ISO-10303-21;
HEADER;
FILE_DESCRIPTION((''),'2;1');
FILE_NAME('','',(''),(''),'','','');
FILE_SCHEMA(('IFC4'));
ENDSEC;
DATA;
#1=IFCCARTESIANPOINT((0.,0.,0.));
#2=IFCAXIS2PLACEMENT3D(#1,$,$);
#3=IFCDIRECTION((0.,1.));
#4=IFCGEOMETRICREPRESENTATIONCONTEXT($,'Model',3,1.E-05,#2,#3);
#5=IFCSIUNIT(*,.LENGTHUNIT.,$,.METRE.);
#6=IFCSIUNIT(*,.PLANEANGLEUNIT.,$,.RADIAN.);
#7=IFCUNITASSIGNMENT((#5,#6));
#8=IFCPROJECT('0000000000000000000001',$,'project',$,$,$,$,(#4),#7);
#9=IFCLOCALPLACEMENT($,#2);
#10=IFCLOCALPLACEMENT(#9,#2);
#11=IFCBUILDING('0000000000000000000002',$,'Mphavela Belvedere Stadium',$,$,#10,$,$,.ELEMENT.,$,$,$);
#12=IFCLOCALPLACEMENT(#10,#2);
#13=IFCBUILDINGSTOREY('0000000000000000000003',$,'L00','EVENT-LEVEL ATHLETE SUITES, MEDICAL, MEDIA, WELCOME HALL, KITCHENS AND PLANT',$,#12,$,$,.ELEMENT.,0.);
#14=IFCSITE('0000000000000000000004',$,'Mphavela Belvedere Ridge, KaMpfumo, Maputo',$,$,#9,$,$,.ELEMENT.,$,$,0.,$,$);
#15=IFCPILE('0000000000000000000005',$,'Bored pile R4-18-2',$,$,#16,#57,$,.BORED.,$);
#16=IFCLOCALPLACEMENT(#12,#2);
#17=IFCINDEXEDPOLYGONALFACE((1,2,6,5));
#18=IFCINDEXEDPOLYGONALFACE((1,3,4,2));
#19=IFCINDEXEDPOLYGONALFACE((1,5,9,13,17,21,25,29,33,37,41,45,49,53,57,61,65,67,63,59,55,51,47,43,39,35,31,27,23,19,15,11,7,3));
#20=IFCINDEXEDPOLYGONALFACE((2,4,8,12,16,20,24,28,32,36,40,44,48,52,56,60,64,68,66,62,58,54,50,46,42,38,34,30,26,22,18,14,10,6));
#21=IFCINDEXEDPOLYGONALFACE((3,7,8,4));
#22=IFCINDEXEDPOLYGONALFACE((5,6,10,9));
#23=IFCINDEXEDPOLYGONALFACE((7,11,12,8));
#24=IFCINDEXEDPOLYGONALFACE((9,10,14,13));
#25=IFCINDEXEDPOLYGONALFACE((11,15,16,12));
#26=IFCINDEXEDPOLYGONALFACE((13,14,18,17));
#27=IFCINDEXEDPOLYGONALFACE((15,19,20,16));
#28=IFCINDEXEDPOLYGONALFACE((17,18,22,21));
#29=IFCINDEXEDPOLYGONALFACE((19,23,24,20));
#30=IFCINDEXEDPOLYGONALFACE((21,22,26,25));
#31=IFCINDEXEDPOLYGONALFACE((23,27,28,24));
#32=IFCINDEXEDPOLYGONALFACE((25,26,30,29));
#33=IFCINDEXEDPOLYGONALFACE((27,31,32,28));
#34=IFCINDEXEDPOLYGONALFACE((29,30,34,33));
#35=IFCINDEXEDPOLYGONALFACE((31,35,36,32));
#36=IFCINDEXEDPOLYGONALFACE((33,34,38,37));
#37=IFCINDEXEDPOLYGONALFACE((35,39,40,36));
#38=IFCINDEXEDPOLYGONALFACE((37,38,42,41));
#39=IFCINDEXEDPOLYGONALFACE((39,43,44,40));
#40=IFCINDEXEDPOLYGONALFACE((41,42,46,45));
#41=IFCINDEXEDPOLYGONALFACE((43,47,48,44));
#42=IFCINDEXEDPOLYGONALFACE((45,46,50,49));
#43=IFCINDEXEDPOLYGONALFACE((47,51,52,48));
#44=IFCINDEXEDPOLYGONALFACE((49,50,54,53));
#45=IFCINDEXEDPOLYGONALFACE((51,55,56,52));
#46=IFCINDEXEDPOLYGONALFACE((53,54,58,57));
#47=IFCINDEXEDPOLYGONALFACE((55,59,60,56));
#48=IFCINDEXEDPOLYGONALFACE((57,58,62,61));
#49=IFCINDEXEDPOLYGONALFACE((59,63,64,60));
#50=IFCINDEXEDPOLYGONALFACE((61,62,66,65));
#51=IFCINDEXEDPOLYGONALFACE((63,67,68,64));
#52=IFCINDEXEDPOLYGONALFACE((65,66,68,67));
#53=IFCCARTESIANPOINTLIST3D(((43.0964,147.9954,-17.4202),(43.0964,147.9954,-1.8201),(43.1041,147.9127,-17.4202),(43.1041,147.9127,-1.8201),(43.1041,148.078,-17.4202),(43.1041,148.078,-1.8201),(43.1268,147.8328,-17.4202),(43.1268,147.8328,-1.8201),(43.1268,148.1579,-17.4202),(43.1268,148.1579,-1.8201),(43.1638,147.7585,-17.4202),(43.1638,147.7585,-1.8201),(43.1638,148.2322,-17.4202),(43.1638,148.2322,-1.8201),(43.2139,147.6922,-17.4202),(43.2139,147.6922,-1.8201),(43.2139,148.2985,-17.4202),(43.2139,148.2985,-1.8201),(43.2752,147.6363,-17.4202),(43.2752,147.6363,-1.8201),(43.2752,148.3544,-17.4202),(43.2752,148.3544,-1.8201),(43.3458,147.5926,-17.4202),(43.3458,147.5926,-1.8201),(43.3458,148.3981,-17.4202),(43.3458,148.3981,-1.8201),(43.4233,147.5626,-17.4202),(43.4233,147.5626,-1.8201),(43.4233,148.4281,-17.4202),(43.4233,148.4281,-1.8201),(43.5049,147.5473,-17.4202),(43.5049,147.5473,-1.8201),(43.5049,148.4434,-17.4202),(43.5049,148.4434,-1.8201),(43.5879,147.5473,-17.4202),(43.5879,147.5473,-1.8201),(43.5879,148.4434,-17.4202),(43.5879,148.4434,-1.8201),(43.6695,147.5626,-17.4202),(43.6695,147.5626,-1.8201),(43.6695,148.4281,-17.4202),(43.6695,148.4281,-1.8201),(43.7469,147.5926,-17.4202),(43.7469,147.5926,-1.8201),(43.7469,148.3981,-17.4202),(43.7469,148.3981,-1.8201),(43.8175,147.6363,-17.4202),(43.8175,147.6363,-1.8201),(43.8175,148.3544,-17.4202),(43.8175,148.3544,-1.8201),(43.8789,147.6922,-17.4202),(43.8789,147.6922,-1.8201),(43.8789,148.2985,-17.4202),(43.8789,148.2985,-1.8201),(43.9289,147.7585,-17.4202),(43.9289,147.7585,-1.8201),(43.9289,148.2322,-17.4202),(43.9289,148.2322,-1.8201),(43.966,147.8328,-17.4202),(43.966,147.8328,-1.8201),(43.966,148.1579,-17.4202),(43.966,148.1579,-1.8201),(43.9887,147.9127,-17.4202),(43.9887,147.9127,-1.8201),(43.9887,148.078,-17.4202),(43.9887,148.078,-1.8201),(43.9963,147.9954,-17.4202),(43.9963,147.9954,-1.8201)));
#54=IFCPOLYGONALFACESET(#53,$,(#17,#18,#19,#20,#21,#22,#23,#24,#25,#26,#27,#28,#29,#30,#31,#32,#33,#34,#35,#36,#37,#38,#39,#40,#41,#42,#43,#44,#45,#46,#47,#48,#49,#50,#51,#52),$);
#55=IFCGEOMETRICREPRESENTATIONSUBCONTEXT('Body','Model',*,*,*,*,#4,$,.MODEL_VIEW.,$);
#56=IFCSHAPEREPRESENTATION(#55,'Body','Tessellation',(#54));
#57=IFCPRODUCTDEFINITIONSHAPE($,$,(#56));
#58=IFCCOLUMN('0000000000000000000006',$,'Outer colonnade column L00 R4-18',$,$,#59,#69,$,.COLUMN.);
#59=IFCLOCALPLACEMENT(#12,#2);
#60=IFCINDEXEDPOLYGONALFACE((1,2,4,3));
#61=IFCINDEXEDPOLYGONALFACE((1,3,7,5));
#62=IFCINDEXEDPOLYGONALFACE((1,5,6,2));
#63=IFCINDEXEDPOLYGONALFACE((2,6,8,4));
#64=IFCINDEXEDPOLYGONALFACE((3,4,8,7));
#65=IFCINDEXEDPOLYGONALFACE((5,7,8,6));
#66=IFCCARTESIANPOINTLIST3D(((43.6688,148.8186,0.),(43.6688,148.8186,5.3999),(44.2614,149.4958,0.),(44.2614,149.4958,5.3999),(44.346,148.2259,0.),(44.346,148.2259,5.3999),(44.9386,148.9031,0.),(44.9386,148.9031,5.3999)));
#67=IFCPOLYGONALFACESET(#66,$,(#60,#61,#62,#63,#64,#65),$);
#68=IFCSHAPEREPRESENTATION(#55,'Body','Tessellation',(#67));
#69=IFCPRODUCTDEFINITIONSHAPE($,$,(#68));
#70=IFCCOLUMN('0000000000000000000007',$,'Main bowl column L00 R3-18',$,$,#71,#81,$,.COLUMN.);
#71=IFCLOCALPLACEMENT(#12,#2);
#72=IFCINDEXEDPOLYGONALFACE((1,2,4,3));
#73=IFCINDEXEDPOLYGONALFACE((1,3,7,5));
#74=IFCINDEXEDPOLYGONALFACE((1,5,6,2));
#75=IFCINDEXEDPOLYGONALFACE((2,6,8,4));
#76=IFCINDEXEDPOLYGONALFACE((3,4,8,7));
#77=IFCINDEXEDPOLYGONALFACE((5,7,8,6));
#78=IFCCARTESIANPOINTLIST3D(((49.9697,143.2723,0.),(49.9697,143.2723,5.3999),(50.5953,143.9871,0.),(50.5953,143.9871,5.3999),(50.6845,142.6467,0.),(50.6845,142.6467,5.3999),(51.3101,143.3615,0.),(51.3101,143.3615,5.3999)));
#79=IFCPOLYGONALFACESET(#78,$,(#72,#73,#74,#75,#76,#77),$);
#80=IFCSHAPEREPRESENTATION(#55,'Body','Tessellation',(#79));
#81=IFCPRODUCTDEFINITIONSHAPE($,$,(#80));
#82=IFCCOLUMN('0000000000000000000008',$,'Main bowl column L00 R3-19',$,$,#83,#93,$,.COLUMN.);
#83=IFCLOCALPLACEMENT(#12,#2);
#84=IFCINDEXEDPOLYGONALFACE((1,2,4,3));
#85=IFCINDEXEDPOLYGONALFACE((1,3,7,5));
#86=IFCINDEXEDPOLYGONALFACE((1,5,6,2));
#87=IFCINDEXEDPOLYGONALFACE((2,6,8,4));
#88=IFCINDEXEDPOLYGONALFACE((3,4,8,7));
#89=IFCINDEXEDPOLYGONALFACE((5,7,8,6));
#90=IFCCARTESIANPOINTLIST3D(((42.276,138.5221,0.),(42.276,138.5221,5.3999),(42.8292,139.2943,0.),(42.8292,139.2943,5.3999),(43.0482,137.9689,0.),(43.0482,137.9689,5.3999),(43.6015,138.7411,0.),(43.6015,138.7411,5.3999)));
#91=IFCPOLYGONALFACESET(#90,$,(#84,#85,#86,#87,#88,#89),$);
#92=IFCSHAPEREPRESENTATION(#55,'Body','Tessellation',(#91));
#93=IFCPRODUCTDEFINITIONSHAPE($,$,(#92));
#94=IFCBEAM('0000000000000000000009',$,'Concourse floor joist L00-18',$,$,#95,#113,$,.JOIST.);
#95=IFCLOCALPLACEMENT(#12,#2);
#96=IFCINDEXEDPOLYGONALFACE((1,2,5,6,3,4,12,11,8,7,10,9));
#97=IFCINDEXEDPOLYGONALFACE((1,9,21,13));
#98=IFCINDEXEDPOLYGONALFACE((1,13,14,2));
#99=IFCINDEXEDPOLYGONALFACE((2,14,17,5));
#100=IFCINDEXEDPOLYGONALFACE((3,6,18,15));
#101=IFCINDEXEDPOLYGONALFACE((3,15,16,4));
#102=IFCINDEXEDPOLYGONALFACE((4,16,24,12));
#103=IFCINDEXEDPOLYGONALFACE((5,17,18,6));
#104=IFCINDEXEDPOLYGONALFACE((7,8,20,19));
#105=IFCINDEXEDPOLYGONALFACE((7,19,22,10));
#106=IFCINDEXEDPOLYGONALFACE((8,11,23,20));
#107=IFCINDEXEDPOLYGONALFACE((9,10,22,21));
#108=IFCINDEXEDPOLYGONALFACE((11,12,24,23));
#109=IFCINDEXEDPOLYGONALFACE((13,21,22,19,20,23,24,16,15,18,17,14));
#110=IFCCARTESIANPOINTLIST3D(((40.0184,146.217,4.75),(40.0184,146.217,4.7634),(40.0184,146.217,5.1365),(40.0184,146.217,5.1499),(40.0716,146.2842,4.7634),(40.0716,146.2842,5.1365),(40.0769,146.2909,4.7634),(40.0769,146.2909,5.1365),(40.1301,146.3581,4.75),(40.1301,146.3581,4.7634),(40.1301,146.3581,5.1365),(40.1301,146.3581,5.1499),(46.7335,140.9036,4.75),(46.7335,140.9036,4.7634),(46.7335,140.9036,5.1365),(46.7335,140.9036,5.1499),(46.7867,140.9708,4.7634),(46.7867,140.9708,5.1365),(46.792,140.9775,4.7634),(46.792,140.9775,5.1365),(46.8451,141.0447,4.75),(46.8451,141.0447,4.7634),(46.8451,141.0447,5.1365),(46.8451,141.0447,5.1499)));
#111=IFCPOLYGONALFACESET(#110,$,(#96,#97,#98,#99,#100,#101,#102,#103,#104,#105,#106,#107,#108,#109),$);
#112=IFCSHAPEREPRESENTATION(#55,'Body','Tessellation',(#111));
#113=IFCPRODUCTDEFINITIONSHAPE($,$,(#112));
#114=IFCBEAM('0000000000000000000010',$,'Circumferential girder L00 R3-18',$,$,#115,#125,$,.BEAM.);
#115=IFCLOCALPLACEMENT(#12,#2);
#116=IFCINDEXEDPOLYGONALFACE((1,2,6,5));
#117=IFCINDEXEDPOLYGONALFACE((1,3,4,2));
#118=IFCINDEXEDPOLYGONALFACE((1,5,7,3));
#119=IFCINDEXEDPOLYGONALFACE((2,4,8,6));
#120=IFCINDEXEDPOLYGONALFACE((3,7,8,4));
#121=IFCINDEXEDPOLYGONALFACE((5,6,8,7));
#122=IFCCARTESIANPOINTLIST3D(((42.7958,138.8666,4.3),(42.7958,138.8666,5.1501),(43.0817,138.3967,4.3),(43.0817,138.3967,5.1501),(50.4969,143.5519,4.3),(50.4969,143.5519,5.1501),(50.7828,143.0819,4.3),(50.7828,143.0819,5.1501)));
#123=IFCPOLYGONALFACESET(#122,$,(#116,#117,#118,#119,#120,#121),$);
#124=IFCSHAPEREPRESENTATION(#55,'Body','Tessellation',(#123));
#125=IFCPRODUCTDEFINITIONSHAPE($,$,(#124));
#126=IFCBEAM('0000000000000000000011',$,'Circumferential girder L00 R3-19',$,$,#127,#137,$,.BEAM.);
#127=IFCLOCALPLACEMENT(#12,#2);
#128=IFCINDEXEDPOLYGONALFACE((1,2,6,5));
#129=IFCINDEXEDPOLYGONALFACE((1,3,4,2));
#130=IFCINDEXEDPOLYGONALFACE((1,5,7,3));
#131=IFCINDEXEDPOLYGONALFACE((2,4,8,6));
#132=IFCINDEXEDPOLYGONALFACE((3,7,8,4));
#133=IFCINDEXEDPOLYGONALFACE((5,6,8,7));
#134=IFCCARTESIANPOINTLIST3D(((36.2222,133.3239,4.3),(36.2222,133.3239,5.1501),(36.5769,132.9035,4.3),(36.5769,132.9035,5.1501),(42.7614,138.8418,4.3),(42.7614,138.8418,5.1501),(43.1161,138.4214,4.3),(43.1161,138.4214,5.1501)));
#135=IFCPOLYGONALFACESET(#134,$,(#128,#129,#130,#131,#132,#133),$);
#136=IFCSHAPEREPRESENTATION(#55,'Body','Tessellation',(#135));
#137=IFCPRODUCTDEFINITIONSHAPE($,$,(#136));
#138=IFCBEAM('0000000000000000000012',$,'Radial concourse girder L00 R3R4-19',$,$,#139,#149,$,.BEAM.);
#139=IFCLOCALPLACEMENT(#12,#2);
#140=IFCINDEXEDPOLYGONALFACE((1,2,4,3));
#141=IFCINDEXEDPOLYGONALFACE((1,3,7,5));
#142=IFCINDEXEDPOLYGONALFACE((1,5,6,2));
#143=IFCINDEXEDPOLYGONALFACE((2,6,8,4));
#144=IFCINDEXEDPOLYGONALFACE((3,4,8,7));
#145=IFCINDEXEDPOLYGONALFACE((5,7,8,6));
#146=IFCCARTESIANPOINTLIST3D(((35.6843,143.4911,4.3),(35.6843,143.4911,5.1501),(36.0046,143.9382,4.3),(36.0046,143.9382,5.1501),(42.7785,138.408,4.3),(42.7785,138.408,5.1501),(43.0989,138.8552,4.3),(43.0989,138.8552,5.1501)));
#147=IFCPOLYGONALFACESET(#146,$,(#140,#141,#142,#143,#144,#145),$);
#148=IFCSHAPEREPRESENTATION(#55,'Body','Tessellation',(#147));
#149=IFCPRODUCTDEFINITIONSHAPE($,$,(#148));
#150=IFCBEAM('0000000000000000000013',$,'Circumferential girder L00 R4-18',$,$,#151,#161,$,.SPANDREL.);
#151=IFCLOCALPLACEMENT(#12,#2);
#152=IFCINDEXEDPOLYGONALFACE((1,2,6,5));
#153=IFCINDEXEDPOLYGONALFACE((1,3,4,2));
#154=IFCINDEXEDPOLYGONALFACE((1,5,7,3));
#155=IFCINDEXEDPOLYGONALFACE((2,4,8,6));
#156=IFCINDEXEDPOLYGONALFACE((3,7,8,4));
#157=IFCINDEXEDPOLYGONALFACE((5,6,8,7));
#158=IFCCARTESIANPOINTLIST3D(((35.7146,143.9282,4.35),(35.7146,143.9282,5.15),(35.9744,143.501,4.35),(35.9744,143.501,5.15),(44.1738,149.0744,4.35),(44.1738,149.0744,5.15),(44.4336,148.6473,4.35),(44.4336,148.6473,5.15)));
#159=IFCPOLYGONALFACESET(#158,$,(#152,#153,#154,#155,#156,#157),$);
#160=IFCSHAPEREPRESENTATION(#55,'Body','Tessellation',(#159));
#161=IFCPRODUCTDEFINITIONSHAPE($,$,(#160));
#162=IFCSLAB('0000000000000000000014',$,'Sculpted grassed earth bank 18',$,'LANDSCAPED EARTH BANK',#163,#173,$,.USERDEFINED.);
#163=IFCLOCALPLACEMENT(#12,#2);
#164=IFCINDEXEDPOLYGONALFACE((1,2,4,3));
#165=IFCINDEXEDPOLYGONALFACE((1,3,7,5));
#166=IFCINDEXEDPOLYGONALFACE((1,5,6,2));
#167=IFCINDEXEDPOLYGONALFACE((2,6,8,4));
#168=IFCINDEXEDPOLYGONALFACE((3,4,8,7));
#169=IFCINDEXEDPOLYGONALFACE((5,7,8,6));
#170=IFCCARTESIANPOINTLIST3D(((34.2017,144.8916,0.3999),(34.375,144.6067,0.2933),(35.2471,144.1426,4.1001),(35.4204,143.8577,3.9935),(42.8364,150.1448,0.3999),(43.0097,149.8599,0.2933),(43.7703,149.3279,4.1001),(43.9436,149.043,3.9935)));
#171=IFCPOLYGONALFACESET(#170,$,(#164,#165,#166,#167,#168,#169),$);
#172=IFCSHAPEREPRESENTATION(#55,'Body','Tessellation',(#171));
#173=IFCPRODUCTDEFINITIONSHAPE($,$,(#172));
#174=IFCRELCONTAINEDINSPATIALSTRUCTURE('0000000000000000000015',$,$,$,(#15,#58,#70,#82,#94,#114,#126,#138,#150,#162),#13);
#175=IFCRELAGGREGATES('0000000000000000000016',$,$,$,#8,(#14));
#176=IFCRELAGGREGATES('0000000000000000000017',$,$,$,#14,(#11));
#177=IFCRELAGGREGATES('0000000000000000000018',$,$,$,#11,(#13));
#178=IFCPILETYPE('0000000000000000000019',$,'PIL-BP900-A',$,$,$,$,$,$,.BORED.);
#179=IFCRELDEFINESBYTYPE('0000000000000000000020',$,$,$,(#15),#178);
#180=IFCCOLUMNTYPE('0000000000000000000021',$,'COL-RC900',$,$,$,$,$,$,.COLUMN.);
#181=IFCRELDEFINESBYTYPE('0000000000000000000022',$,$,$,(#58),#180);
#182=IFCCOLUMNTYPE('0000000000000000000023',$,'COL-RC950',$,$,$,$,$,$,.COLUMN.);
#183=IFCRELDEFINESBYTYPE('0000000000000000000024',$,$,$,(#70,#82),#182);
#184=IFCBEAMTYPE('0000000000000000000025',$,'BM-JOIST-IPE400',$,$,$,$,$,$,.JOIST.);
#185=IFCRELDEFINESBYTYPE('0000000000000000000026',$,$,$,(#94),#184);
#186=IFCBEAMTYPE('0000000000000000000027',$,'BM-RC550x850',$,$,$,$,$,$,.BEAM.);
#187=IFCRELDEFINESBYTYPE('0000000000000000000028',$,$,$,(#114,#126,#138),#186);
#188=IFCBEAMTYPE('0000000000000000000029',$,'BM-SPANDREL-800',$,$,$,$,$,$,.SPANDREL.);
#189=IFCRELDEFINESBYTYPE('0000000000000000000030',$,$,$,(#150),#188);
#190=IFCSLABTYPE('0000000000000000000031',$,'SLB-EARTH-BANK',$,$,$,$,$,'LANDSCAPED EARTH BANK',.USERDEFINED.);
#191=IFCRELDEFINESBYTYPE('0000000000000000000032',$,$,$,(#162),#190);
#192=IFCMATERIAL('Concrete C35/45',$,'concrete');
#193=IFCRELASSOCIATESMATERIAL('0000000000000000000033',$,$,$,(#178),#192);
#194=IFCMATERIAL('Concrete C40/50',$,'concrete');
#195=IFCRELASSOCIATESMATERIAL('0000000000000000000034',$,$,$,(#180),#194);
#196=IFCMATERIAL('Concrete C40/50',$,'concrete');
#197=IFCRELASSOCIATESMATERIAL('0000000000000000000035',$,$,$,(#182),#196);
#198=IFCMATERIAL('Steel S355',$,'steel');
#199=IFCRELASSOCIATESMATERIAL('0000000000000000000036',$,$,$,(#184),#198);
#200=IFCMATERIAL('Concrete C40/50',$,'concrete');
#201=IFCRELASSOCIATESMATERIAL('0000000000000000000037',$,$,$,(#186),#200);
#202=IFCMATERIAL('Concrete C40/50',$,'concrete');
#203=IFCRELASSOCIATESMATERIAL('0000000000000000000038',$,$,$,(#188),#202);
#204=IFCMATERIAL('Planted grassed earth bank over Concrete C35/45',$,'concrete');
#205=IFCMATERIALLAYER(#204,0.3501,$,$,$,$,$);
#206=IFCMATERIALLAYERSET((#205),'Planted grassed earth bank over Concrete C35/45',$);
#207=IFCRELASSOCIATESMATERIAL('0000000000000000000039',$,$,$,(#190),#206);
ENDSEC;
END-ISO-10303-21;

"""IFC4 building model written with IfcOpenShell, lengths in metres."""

from ifc_helpers import new_model, si_unit, direction, frame, origin, origin_2d, place, context, subcontext, project, spatial, polyline, rectangle, circle, i_section, outline, extrude, material, layer, layer_set, material_profile, profile_set, type_object, element, save


model = new_model("IFC4")

# Units and contexts
model_context = context("Model", 3, precision=1e-05, world=origin(), true_north=direction((0.0, 1.0)))
body_context = subcontext(model_context, "Body", "Model", "MODEL_VIEW")
ifc_project = project(units=[si_unit("LENGTHUNIT", "METRE"), si_unit("PLANEANGLEUNIT", "RADIAN")], contexts=[model_context])

# Site, building, storey
site_placement = place(None, origin())
site = spatial("IfcSite", under=ifc_project, at=site_placement, Name="Mphavela Belvedere Ridge, KaMpfumo, Maputo", CompositionType="ELEMENT", RefElevation=0.0)
building_placement = place(site_placement, origin())
building = spatial("IfcBuilding", under=site, at=building_placement, Name="Mphavela Belvedere Stadium", CompositionType="ELEMENT")
storey_placement = place(building_placement, origin())
storey = spatial("IfcBuildingStorey", under=building, at=storey_placement, Name="L00", Description="EVENT-LEVEL ATHLETE SUITES, MEDICAL, MEDIA, WELCOME HALL, KITCHENS AND PLANT", CompositionType="ELEMENT", Elevation=0.0)

# Pile
ifc_material_1 = material(Name="Concrete C35/45", Category="concrete")
ifc_material_profile_1 = material_profile(ifc_material_1, circle(Radius=0.45, at=origin_2d()), Name="BP D900")
ifc_profile_set_1 = profile_set([ifc_material_profile_1], Name="Concrete C35/45")
pile_type_1 = type_object("IfcPileType", Name="PIL-BP900-A", PredefinedType="BORED", material=ifc_profile_set_1)
for number, where, z_axis, x_axis, name in (
    (1, (43.5464, 147.9954, -1.8201), (0.0, 0.0, -1.0), (1.0, 0.0, 0.0), "Bored pile R4-18-2"),
):
    element("IfcPile", number, at=place(storey_placement, frame(where, z_axis=z_axis, x_axis=x_axis)), inside=storey, type_object=pile_type_1, Name=name, PredefinedType="BORED", context=body_context, shape_type="SweptSolid", body=[
        extrude(circle(Radius=0.45, at=origin_2d()), origin(), (0.0, 0.0, 1.0), 15.6001),
    ])

# Columns
ifc_material_2 = material(Name="Concrete C40/50", Category="concrete")
ifc_material_profile_2 = material_profile(ifc_material_2, rectangle(XDim=0.8999, YDim=0.8999, at=origin_2d()), Name="RC 900x900")
ifc_profile_set_2 = profile_set([ifc_material_profile_2], Name="Concrete C40/50")
column_type_1 = type_object("IfcColumnType", Name="COL-RC900", PredefinedType="COLUMN", material=ifc_profile_set_2)
column_placement = place(storey_placement, frame((44.3037, 148.8608, 0.0), z_axis=(0.0, 0.0, 1.0), x_axis=(-0.75253, 0.658558, 0.0)))
element("IfcColumn", 2, at=column_placement, inside=storey, type_object=column_type_1, Name="Outer colonnade column L00 R4-18", PredefinedType="COLUMN", context=body_context, shape_type="SweptSolid", body=[
    extrude(rectangle(XDim=0.8999, YDim=0.8999, at=origin_2d()), origin(), (0.0, 0.0, 1.0), 5.3999),
])
ifc_material_3 = material(Name="Concrete C40/50", Category="concrete")
ifc_material_profile_3 = material_profile(ifc_material_3, rectangle(XDim=0.95, YDim=0.95, at=origin_2d()), Name="RC 950x950")
ifc_profile_set_3 = profile_set([ifc_material_profile_3], Name="Concrete C40/50")
column_type_2 = type_object("IfcColumnType", Name="COL-RC950", PredefinedType="COLUMN", material=ifc_profile_set_3)
for number, where, z_axis, x_axis, name in (
    (3, (50.6399, 143.3169, 0.0), (0.0, 0.0, 1.0), (-0.75253, 0.658558, 0.0), "Main bowl column L00 R3-18"),
    (4, (42.9387, 138.6316, 0.0), (0.0, 0.0, 1.0), (-0.812898, 0.582407, 0.0), "Main bowl column L00 R3-19"),
):
    element("IfcColumn", number, at=place(storey_placement, frame(where, z_axis=z_axis, x_axis=x_axis)), inside=storey, type_object=column_type_2, Name=name, PredefinedType="COLUMN", context=body_context, shape_type="SweptSolid", body=[
        extrude(rectangle(XDim=0.95, YDim=0.95, at=origin_2d()), origin(), (0.0, 0.0, 1.0), 5.3999),
    ])

# Beams
ifc_material_4 = material(Name="Steel S355", Category="steel")
ifc_material_profile_4 = material_profile(ifc_material_4, i_section(OverallWidth=0.1799, OverallDepth=0.3999, WebThickness=0.0085, FlangeThickness=0.0134, at=origin_2d()), Name="IPE 400")
ifc_profile_set_4 = profile_set([ifc_material_profile_4], Name="Steel S355")
beam_type_1 = type_object("IfcBeamType", Name="BM-JOIST-IPE400", PredefinedType="JOIST", material=ifc_profile_set_4)
beam_1_placement = place(storey_placement, frame((46.7893, 140.9741, 4.95), z_axis=(-0.784196, 0.620514, 0.0), x_axis=(-0.620514, -0.784196, 0.0)))
element("IfcBeam", 5, at=beam_1_placement, inside=storey, type_object=beam_type_1, Name="Concourse floor joist L00-18", PredefinedType="JOIST", context=body_context, shape_type="SweptSolid", body=[
    extrude(i_section(OverallWidth=0.1799, OverallDepth=0.3999, WebThickness=0.0085, FlangeThickness=0.0134, at=origin_2d()), origin(), (0.0, 0.0, 1.0), 8.563),
])
ifc_material_5 = material(Name="Concrete C40/50", Category="concrete")
ifc_material_profile_5 = material_profile(ifc_material_5, rectangle(XDim=0.55, YDim=0.8501, at=origin_2d()), Name="RC 550x850")
ifc_profile_set_5 = profile_set([ifc_material_profile_5], Name="Concrete C40/50")
beam_type_2 = type_object("IfcBeamType", Name="BM-RC550x850", PredefinedType="BEAM", material=ifc_profile_set_5)
beam_2_placement = place(storey_placement, frame((50.6399, 143.3169, 4.7251), z_axis=(-0.854315, -0.519755, 0.0), x_axis=(0.519755, -0.854315, 0.0)))
element("IfcBeam", 6, at=beam_2_placement, inside=storey, type_object=beam_type_2, Name="Circumferential girder L00 R3-18", PredefinedType="BEAM", context=body_context, shape_type="SweptSolid", body=[
    extrude(rectangle(XDim=0.55, YDim=0.8501, at=origin_2d()), origin(), (0.0, 0.0, 1.0), 9.0144),
])
beam_3_placement = place(storey_placement, frame((42.9387, 138.6316, 4.7251), z_axis=(-0.764263, -0.644904, 0.0), x_axis=(0.644904, -0.764263, 0.0)))
element("IfcBeam", 7, at=beam_3_placement, inside=storey, type_object=beam_type_2, Name="Circumferential girder L00 R3-19", PredefinedType="BEAM", context=body_context, shape_type="SweptSolid", body=[
    extrude(rectangle(XDim=0.55, YDim=0.8501, at=origin_2d()), origin(), (0.0, 0.0, 1.0), 8.5562),
])
beam_4_placement = place(storey_placement, frame((42.9387, 138.6316, 4.7251), z_axis=(-0.812882, 0.582428, 0.0), x_axis=(-0.582428, -0.812882, 0.0)))
element("IfcBeam", 8, at=beam_4_placement, inside=storey, type_object=beam_type_2, Name="Radial concourse girder L00 R3R4-19", PredefinedType="BEAM", context=body_context, shape_type="SweptSolid", body=[
    extrude(rectangle(XDim=0.55, YDim=0.8501, at=origin_2d()), origin(), (0.0, 0.0, 1.0), 8.7273),
])
ifc_material_6 = material(Name="Concrete C40/50", Category="concrete")
ifc_material_profile_6 = material_profile(ifc_material_6, rectangle(XDim=0.5, YDim=0.8, at=origin_2d()), Name="RC 500x800")
ifc_profile_set_6 = profile_set([ifc_material_profile_6], Name="Concrete C40/50")
beam_type_3 = type_object("IfcBeamType", Name="BM-SPANDREL-800", PredefinedType="SPANDREL", material=ifc_profile_set_6)
beam_5_placement = place(storey_placement, frame((44.3037, 148.8608, 4.75), z_axis=(-0.854327, -0.519737, 0.0), x_axis=(0.519737, -0.854327, 0.0)))
element("IfcBeam", 9, at=beam_5_placement, inside=storey, type_object=beam_type_3, Name="Circumferential girder L00 R4-18", PredefinedType="SPANDREL", context=body_context, shape_type="SweptSolid", body=[
    extrude(rectangle(XDim=0.5, YDim=0.8, at=origin_2d()), origin(), (0.0, 0.0, 1.0), 9.9016),
])

# Slab
ifc_material_7 = material(Name="Planted grassed earth bank over Concrete C35/45", Category="concrete")
ifc_layer_1 = layer(ifc_material_7, 0.3501)
ifc_layer_set_1 = layer_set([ifc_layer_1], Name="Planted grassed earth bank over Concrete C35/45")
slab_type = type_object("IfcSlabType", Name="SLB-EARTH-BANK", ElementType="LANDSCAPED EARTH BANK", PredefinedType="USERDEFINED", material=ifc_layer_set_1)
slab_placement = place(storey_placement, frame((42.8364, 150.1448, 0.3999), z_axis=(-0.495051, 0.813727, 0.304586), x_axis=(-0.85432, -0.519747, 0.0)))
element("IfcSlab", 10, at=slab_placement, inside=storey, type_object=slab_type, Name="Sculpted grassed earth bank 18", ObjectType="LANDSCAPED EARTH BANK", PredefinedType="USERDEFINED", context=body_context, shape_type="SweptSolid", body=[
    extrude(outline(polyline([(0.0, 0.0), (10.1072, 0.0), (9.6034, 3.8848), (-0.3732, 3.8848), (0.0, 0.0)])), origin(), (0.0, 0.0, -1.0), 0.3501),
])

save(model, "model.ifc")
